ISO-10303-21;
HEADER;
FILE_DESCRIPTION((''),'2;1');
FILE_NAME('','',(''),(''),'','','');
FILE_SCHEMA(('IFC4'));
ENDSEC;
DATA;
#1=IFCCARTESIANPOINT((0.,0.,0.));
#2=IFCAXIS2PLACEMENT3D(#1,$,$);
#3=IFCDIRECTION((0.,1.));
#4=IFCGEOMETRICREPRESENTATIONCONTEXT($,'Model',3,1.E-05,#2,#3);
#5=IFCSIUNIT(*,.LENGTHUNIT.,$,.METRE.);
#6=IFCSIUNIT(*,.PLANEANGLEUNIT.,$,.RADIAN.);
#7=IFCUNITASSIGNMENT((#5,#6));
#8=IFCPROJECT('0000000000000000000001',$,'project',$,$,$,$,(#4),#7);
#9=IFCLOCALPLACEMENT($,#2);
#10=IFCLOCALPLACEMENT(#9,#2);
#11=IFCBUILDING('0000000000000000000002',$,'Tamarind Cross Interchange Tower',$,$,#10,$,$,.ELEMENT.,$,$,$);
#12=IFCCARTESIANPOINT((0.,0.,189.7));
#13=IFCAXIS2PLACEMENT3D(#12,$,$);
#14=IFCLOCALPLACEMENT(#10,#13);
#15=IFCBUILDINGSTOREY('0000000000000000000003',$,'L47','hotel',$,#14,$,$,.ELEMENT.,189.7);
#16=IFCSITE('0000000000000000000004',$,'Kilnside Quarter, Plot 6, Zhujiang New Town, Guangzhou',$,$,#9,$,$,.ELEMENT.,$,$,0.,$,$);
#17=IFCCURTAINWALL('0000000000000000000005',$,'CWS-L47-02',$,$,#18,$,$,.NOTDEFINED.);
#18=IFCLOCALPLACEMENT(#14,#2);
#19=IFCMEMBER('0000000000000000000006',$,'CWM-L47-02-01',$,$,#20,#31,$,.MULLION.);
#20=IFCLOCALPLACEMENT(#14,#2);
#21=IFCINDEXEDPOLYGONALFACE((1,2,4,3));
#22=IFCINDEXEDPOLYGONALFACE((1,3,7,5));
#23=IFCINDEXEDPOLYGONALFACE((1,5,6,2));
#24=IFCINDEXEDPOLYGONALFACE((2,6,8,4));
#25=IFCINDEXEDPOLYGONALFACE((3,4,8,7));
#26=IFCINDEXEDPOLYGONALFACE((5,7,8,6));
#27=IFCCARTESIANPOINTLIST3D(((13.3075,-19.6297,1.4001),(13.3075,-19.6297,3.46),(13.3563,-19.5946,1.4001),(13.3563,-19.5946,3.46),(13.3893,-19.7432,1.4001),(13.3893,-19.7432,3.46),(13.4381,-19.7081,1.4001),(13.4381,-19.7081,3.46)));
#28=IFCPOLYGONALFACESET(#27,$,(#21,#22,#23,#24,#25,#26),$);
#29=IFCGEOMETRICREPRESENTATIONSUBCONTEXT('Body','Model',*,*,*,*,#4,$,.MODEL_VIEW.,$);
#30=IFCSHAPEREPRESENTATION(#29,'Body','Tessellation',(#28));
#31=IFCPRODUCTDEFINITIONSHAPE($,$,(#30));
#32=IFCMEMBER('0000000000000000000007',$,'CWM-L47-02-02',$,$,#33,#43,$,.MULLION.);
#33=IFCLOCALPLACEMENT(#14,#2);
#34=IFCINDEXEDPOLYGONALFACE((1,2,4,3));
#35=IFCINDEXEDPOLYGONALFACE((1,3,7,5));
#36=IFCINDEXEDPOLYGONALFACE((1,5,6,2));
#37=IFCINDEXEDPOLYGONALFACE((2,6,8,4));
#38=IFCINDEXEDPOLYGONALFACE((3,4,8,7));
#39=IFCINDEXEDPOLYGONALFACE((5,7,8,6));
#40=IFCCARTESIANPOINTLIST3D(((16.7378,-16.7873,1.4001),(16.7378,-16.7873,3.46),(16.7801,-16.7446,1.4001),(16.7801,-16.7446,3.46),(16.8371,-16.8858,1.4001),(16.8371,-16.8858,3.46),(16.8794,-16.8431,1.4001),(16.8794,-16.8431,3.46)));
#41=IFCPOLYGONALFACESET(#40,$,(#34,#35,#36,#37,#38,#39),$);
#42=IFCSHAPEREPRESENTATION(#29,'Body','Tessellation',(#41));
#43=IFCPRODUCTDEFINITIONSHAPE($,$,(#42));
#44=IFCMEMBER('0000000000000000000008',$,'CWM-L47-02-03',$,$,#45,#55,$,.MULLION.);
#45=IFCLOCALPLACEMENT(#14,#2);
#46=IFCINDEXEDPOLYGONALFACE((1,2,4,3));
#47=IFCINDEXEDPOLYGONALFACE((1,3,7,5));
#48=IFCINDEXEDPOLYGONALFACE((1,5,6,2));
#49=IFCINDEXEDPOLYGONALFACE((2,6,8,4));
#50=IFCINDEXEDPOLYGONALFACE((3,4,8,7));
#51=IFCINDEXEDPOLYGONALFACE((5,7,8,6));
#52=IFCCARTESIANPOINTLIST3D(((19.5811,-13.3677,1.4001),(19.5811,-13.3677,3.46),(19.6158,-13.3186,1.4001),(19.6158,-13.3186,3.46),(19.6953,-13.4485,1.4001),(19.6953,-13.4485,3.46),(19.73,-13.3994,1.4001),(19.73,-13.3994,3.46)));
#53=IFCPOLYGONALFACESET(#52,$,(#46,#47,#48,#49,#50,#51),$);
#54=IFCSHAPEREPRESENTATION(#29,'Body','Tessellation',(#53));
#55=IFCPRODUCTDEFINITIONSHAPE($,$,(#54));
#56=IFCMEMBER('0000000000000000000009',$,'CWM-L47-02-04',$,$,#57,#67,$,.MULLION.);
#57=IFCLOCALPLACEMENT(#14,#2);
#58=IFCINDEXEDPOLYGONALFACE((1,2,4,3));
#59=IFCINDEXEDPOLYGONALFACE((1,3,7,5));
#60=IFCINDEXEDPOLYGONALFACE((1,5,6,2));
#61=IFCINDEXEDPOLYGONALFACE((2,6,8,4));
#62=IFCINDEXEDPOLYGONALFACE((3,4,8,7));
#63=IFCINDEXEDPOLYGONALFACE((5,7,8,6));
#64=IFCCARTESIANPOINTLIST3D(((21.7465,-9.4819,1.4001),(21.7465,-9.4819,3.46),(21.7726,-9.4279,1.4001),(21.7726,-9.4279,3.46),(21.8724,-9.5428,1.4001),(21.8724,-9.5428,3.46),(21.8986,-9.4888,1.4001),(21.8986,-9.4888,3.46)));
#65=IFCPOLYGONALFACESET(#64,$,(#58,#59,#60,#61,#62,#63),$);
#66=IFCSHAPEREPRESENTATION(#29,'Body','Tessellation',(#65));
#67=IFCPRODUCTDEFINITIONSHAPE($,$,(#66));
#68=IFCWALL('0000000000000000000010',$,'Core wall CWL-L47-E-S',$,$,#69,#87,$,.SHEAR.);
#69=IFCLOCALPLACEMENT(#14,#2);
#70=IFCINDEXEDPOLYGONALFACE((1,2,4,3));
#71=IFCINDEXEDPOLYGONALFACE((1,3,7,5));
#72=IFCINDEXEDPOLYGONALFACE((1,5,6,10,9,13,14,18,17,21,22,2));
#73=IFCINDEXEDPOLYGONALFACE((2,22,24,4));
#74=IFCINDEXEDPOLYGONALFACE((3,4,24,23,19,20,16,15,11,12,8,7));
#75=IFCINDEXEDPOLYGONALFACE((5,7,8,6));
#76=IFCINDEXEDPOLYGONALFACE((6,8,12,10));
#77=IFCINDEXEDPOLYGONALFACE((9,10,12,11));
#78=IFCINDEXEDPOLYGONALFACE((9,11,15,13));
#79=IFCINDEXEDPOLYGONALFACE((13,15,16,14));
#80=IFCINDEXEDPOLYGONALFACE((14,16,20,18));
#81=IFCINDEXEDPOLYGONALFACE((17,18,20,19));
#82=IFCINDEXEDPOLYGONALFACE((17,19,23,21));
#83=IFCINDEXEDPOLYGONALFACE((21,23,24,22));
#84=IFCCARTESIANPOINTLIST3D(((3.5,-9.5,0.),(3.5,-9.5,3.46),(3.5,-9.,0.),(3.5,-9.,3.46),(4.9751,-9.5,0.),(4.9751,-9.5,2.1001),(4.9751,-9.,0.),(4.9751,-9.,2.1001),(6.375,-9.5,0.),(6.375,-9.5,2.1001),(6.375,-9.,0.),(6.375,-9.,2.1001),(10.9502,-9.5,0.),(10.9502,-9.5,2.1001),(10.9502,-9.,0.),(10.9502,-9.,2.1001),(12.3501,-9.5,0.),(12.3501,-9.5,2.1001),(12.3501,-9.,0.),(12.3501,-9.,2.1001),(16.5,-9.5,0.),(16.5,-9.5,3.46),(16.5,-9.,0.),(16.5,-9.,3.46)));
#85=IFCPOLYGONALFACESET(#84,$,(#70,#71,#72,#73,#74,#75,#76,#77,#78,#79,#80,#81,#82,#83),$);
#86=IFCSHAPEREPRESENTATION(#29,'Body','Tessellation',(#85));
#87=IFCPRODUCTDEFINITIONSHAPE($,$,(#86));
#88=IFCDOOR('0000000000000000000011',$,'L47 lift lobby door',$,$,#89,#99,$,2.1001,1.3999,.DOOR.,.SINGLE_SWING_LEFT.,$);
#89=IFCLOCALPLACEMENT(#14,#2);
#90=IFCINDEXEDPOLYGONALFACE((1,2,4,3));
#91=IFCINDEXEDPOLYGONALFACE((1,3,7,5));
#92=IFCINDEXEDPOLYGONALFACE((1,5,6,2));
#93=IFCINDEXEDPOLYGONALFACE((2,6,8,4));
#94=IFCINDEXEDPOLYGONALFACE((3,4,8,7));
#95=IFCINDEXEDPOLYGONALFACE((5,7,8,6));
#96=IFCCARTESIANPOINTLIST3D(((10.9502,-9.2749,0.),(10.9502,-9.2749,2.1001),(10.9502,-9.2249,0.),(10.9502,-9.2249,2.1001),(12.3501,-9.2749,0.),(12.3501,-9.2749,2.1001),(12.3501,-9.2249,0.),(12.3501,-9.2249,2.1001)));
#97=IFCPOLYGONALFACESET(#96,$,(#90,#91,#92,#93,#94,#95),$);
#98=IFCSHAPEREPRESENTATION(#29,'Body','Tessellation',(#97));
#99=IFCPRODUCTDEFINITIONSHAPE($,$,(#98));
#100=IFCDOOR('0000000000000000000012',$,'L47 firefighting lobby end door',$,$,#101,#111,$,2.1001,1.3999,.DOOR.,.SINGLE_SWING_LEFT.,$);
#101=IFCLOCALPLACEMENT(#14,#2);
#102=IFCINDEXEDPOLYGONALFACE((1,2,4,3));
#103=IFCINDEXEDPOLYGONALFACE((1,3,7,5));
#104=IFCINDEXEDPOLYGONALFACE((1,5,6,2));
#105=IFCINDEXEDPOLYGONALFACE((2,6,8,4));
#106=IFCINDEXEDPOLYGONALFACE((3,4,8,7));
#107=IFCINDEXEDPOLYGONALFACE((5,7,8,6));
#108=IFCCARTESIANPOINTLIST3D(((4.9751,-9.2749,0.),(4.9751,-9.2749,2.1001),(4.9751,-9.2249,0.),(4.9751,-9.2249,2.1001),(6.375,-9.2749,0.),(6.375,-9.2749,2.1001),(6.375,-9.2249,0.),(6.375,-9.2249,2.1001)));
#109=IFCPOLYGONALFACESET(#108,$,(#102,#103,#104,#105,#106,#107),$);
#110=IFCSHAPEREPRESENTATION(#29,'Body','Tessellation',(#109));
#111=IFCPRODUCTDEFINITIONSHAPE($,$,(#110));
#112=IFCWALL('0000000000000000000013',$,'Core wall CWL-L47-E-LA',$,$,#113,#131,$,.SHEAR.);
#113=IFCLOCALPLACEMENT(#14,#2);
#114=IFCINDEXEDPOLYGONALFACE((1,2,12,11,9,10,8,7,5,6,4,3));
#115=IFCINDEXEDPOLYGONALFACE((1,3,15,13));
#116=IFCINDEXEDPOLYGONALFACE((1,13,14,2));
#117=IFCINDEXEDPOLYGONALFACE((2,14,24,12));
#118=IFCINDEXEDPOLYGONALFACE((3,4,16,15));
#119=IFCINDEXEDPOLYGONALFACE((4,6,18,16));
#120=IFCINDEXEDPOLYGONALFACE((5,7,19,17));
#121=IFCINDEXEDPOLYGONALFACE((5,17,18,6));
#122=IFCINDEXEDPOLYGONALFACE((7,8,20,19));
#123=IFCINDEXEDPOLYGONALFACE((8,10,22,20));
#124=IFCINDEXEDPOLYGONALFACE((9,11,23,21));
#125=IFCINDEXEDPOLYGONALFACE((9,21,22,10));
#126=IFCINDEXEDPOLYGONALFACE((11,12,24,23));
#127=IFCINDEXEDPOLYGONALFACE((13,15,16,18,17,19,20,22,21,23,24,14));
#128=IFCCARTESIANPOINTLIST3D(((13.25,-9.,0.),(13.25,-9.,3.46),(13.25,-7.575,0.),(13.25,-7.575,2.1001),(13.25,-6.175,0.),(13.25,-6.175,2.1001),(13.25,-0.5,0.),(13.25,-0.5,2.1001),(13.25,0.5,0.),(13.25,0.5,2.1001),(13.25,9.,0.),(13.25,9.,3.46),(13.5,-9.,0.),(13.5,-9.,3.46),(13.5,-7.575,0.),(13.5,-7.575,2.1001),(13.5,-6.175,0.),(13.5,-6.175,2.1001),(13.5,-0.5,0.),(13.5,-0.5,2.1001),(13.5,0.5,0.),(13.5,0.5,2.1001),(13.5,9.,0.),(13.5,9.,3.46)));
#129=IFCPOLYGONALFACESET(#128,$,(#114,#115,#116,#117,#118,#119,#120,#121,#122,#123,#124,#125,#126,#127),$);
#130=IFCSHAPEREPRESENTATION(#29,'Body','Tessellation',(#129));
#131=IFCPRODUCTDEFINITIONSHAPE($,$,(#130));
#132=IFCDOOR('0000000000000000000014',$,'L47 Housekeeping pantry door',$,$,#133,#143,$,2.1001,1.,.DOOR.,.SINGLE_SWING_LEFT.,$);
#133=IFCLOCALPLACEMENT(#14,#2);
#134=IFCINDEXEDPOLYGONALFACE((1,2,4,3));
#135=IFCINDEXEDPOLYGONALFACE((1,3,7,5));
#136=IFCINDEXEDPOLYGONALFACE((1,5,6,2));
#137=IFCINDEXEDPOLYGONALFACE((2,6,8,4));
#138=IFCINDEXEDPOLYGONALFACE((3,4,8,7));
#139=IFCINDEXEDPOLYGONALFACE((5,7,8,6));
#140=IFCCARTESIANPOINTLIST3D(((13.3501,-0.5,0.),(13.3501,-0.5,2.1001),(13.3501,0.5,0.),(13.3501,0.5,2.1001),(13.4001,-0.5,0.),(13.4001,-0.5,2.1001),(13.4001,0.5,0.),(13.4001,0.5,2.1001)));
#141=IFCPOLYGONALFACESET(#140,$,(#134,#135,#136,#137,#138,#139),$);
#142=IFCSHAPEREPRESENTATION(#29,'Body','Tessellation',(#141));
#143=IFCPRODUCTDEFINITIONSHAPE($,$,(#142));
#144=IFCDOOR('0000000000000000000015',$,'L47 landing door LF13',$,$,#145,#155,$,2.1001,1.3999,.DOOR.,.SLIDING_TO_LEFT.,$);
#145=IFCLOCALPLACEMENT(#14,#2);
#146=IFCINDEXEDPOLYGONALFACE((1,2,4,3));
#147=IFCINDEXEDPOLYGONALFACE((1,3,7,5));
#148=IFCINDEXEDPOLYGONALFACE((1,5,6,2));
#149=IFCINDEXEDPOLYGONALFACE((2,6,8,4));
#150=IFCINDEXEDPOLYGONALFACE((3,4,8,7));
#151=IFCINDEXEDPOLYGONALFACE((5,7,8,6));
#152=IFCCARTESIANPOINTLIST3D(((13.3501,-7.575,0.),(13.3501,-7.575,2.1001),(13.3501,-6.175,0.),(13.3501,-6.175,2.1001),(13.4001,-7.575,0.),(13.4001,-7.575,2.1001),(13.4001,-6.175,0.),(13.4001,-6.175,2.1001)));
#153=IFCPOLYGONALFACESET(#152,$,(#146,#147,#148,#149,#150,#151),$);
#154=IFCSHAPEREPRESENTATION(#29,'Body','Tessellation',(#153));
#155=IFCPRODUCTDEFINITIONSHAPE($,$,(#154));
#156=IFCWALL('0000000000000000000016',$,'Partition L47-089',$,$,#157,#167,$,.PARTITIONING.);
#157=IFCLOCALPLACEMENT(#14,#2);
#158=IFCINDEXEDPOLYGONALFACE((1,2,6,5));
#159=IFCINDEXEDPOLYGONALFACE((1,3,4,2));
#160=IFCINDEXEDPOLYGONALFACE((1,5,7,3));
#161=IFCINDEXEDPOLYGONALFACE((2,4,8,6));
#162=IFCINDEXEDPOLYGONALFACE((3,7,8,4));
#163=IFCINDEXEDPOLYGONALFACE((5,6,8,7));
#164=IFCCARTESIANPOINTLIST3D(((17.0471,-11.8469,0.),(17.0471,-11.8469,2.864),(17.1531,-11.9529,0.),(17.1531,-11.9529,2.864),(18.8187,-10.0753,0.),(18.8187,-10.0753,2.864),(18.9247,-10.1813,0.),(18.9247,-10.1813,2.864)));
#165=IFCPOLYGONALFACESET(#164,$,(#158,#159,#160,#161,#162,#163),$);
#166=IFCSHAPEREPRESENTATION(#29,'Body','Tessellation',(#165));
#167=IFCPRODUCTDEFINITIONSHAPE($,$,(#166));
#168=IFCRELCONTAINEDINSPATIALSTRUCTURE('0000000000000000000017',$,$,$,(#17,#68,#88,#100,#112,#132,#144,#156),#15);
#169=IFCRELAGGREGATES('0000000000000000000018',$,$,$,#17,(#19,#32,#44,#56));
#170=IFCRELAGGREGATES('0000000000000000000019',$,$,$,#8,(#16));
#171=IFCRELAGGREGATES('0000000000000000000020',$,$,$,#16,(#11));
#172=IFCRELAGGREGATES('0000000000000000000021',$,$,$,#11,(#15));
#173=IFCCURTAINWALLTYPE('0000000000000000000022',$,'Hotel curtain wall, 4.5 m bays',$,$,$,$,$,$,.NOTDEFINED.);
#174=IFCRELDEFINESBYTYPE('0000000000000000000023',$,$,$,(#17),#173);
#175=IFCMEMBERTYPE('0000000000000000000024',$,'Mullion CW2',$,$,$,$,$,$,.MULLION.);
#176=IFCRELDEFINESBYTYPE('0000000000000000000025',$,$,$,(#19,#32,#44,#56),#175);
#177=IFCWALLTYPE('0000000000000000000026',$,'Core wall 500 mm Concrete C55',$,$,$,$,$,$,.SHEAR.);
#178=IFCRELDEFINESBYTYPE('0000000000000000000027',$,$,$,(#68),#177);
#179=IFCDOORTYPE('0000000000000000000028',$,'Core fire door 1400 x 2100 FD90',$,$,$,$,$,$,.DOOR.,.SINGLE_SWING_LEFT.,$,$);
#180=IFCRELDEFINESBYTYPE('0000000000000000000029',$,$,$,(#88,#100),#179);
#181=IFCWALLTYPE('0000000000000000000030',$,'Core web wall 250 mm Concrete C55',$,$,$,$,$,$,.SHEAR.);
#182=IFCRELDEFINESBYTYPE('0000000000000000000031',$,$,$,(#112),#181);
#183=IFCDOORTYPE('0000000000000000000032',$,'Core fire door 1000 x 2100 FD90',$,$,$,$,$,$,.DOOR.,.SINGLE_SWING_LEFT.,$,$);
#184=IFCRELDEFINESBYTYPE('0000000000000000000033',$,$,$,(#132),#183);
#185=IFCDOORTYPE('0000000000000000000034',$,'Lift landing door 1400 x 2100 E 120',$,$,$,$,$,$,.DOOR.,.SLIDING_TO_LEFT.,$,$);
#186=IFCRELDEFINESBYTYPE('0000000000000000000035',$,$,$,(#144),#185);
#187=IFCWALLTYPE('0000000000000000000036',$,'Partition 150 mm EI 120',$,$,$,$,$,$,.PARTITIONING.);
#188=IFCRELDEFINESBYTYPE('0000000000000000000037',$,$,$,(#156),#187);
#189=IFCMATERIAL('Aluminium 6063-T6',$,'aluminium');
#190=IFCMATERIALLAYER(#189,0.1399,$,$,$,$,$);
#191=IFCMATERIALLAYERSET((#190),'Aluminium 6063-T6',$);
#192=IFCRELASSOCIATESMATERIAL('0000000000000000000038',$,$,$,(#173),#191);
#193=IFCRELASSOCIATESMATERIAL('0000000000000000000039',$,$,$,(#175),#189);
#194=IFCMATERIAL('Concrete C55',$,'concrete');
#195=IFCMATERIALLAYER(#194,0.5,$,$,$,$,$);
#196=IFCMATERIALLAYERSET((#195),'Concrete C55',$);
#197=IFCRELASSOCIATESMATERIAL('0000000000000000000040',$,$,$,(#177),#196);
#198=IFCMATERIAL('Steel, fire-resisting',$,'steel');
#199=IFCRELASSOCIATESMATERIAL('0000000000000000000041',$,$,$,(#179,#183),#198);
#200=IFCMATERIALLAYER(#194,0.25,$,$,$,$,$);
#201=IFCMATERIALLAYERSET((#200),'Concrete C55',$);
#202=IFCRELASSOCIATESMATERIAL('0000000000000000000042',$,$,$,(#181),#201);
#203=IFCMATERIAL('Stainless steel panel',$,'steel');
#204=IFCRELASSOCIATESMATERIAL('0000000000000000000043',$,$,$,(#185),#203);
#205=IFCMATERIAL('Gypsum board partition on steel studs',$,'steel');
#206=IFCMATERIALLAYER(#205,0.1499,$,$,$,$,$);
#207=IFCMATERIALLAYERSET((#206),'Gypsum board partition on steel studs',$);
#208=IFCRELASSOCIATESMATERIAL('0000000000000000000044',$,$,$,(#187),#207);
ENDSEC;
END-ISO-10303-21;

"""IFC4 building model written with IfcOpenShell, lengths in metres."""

from ifc_helpers import new_model, si_unit, direction, frame, frame_2d, origin, origin_2d, place, context, subcontext, project, spatial, rectangle, extrude, material, layer, layer_set, material_profile, profile_set, type_object, element, fill, aggregate, save


model = new_model("IFC4")

# Units and contexts
model_context = context("Model", 3, precision=1e-05, world=origin(), true_north=direction((0.0, 1.0)))
body_context = subcontext(model_context, "Body", "Model", "MODEL_VIEW")
ifc_project = project(units=[si_unit("LENGTHUNIT", "METRE"), si_unit("PLANEANGLEUNIT", "RADIAN")], contexts=[model_context])

# Site, building, storey
site_placement = place(None, origin())
site = spatial("IfcSite", under=ifc_project, at=site_placement, Name="Kilnside Quarter, Plot 6, Zhujiang New Town, Guangzhou", CompositionType="ELEMENT", RefElevation=0.0)
building_placement = place(site_placement, origin())
building = spatial("IfcBuilding", under=site, at=building_placement, Name="Tamarind Cross Interchange Tower", CompositionType="ELEMENT")
storey_placement = place(building_placement, frame((0.0, 0.0, 189.7)))
storey = spatial("IfcBuildingStorey", under=building, at=storey_placement, Name="L47", Description="hotel", CompositionType="ELEMENT", Elevation=189.7)

# Shared definitions
ifc_material_1 = material(Name="Concrete C55", Category="concrete")

# Curtain wall, members
ifc_material_2 = material(Name="Aluminium 6063-T6", Category="aluminium")
ifc_layer_1 = layer(ifc_material_2, 0.1399)
ifc_layer_set_1 = layer_set([ifc_layer_1], Name="Aluminium 6063-T6")
curtain_wall_type = type_object("IfcCurtainWallType", Name="Hotel curtain wall, 4.5 m bays", PredefinedType="NOTDEFINED", material=ifc_layer_set_1)
curtain_wall_placement = place(storey_placement, origin())
curtain_wall = element("IfcCurtainWall", 1, at=curtain_wall_placement, inside=storey, type_object=curtain_wall_type, Name="CWS-L47-02", PredefinedType="NOTDEFINED")
ifc_material_profile_1 = material_profile(ifc_material_2, rectangle(XDim=0.0601, YDim=0.1399, at=origin_2d()), Name="Mullion CW2")
ifc_profile_set_1 = profile_set([ifc_material_profile_1], Name="Aluminium 6063-T6")
member_type = type_object("IfcMemberType", Name="Mullion CW2", PredefinedType="MULLION", material=ifc_profile_set_1)
member_1_placement = place(storey_placement, frame((13.3728, -19.6689, 1.4001), z_axis=(0.0, 0.0, 1.0), x_axis=(0.81134, 0.584574, 0.0)))
member_1 = element("IfcMember", 2, at=member_1_placement, type_object=member_type, Name="CWM-L47-02-01", PredefinedType="MULLION", context=body_context, shape_type="SweptSolid", body=[
    extrude(rectangle(XDim=0.0601, YDim=0.1399, at=origin_2d()), origin(), (0.0, 0.0, 1.0), 2.0598),
])
member_2_placement = place(storey_placement, frame((16.8086, -16.8152, 1.4001), z_axis=(0.0, 0.0, 1.0), x_axis=(0.704057, 0.710143, 0.0)))
member_2 = element("IfcMember", 3, at=member_2_placement, type_object=member_type, Name="CWM-L47-02-02", PredefinedType="MULLION", context=body_context, shape_type="SweptSolid", body=[
    extrude(rectangle(XDim=0.0601, YDim=0.1399, at=origin_2d()), origin(), (0.0, 0.0, 1.0), 2.0598),
])
member_3_placement = place(storey_placement, frame((19.6555, -13.3835, 1.4001), z_axis=(0.0, 0.0, 1.0), x_axis=(0.577569, 0.816342, 0.0)))
member_3 = element("IfcMember", 4, at=member_3_placement, type_object=member_type, Name="CWM-L47-02-03", PredefinedType="MULLION", context=body_context, shape_type="SweptSolid", body=[
    extrude(rectangle(XDim=0.0601, YDim=0.1399, at=origin_2d()), origin(), (0.0, 0.0, 1.0), 2.0598),
])
member_4_placement = place(storey_placement, frame((21.8225, -9.4854, 1.4001), z_axis=(0.0, 0.0, 1.0), x_axis=(0.435326, 0.900273, 0.0)))
member_4 = element("IfcMember", 5, at=member_4_placement, type_object=member_type, Name="CWM-L47-02-04", PredefinedType="MULLION", context=body_context, shape_type="SweptSolid", body=[
    extrude(rectangle(XDim=0.0601, YDim=0.1399, at=origin_2d()), origin(), (0.0, 0.0, 1.0), 2.0598),
])
aggregate(curtain_wall, [member_1, member_2, member_3, member_4])

# Walls, openings, doors
ifc_layer_2 = layer(ifc_material_1, 0.5)
ifc_layer_set_2 = layer_set([ifc_layer_2], Name="Concrete C55")
wall_type_1 = type_object("IfcWallType", Name="Core wall 500 mm Concrete C55", PredefinedType="SHEAR", material=ifc_layer_set_2)
wall_1_placement = place(storey_placement, frame((16.5, -9.25, 0.0), z_axis=(0.0, 0.0, 1.0), x_axis=(-1.0, 0.0, 0.0)))
wall_1 = element("IfcWall", 6, at=wall_1_placement, inside=storey, type_object=wall_type_1, Name="Core wall CWL-L47-E-S", PredefinedType="SHEAR", context=body_context, shape_type="SweptSolid", body=[
    extrude(rectangle(XDim=13.0, YDim=0.5, at=frame_2d((6.5, 0.0))), origin(), (0.0, 0.0, 1.0), 3.46),
])
opening_1_placement = place(wall_1_placement, frame((4.1499, 0.0, 0.0)))
opening_1 = element("IfcOpeningElement", 7, at=opening_1_placement, cuts=wall_1, PredefinedType="OPENING", context=body_context, shape_type="SweptSolid", body=[
    extrude(rectangle(XDim=1.3999, YDim=2.1001, at=frame_2d((0.7, 1.05))), frame((0.0, 0.26, 0.0), z_axis=(0.0, -1.0, 0.0), x_axis=(1.0, 0.0, 0.0)), (0.0, 0.0, 1.0), 0.52),
])
opening_2_placement = place(wall_1_placement, frame((10.125, 0.0, 0.0)))
opening_2 = element("IfcOpeningElement", 8, at=opening_2_placement, cuts=wall_1, PredefinedType="OPENING", context=body_context, shape_type="SweptSolid", body=[
    extrude(rectangle(XDim=1.3999, YDim=2.1001, at=frame_2d((0.7, 1.05))), frame((0.0, 0.26, 0.0), z_axis=(0.0, -1.0, 0.0), x_axis=(1.0, 0.0, 0.0)), (0.0, 0.0, 1.0), 0.52),
])
ifc_material_3 = material(Name="Steel, fire-resisting", Category="steel")
door_type_1 = type_object("IfcDoorType", Name="Core fire door 1400 x 2100 FD90", OperationType="SINGLE_SWING_LEFT", PredefinedType="DOOR", material=ifc_material_3)
door_1_placement = place(opening_1_placement, origin())
door_1 = element("IfcDoor", 9, at=door_1_placement, inside=storey, type_object=door_type_1, Name="L47 lift lobby door", OperationType="SINGLE_SWING_LEFT", OverallHeight=2.1001, OverallWidth=1.3999, PredefinedType="DOOR", context=body_context, shape_type="SweptSolid", body=[
    extrude(rectangle(XDim=1.3999, YDim=2.1001, at=frame_2d((0.7, 1.05))), frame((0.0, 0.0249, 0.0), z_axis=(0.0, -1.0, 0.0), x_axis=(1.0, 0.0, 0.0)), (0.0, 0.0, 1.0), 0.05),
])
fill(opening_1, door_1)
door_2_placement = place(opening_2_placement, origin())
door_2 = element("IfcDoor", 10, at=door_2_placement, inside=storey, type_object=door_type_1, Name="L47 firefighting lobby end door", OperationType="SINGLE_SWING_LEFT", OverallHeight=2.1001, OverallWidth=1.3999, PredefinedType="DOOR", context=body_context, shape_type="SweptSolid", body=[
    extrude(rectangle(XDim=1.3999, YDim=2.1001, at=frame_2d((0.7, 1.05))), frame((0.0, 0.0249, 0.0), z_axis=(0.0, -1.0, 0.0), x_axis=(1.0, 0.0, 0.0)), (0.0, 0.0, 1.0), 0.05),
])
fill(opening_2, door_2)
ifc_layer_3 = layer(ifc_material_1, 0.25)
ifc_layer_set_3 = layer_set([ifc_layer_3], Name="Concrete C55")
wall_type_2 = type_object("IfcWallType", Name="Core web wall 250 mm Concrete C55", PredefinedType="SHEAR", material=ifc_layer_set_3)
wall_2_placement = place(storey_placement, frame((13.375, -9.0, 0.0), z_axis=(0.0, 0.0, 1.0), x_axis=(0.0, 1.0, 0.0)))
wall_2 = element("IfcWall", 11, at=wall_2_placement, inside=storey, type_object=wall_type_2, Name="Core wall CWL-L47-E-LA", PredefinedType="SHEAR", context=body_context, shape_type="SweptSolid", body=[
    extrude(rectangle(XDim=18.0, YDim=0.25, at=frame_2d((9.0, 0.0))), origin(), (0.0, 0.0, 1.0), 3.46),
])
opening_3_placement = place(wall_2_placement, frame((1.425, 0.0, 0.0)))
opening_3 = element("IfcOpeningElement", 12, at=opening_3_placement, cuts=wall_2, PredefinedType="OPENING", context=body_context, shape_type="SweptSolid", body=[
    extrude(rectangle(XDim=1.3999, YDim=2.1001, at=frame_2d((0.7, 1.05))), frame((0.0, 0.135, 0.0), z_axis=(0.0, -1.0, 0.0), x_axis=(1.0, 0.0, 0.0)), (0.0, 0.0, 1.0), 0.27),
])
opening_4_placement = place(wall_2_placement, frame((8.5, 0.0, 0.0)))
opening_4 = element("IfcOpeningElement", 13, at=opening_4_placement, cuts=wall_2, PredefinedType="OPENING", context=body_context, shape_type="SweptSolid", body=[
    extrude(rectangle(XDim=1.0, YDim=2.1001, at=frame_2d((0.5, 1.05))), frame((0.0, 0.135, 0.0), z_axis=(0.0, -1.0, 0.0), x_axis=(1.0, 0.0, 0.0)), (0.0, 0.0, 1.0), 0.27),
])
door_type_2 = type_object("IfcDoorType", Name="Core fire door 1000 x 2100 FD90", OperationType="SINGLE_SWING_LEFT", PredefinedType="DOOR", material=ifc_material_3)
door_3_placement = place(opening_4_placement, origin())
door_3 = element("IfcDoor", 14, at=door_3_placement, inside=storey, type_object=door_type_2, Name="L47 Housekeeping pantry door", OperationType="SINGLE_SWING_LEFT", OverallHeight=2.1001, OverallWidth=1.0, PredefinedType="DOOR", context=body_context, shape_type="SweptSolid", body=[
    extrude(rectangle(XDim=1.0, YDim=2.1001, at=frame_2d((0.5, 1.05))), frame((0.0, 0.0249, 0.0), z_axis=(0.0, -1.0, 0.0), x_axis=(1.0, 0.0, 0.0)), (0.0, 0.0, 1.0), 0.05),
])
fill(opening_4, door_3)
ifc_material_4 = material(Name="Stainless steel panel", Category="steel")
door_type_3 = type_object("IfcDoorType", Name="Lift landing door 1400 x 2100 E 120", OperationType="SLIDING_TO_LEFT", PredefinedType="DOOR", material=ifc_material_4)
door_4_placement = place(opening_3_placement, origin())
door_4 = element("IfcDoor", 15, at=door_4_placement, inside=storey, type_object=door_type_3, Name="L47 landing door LF13", OperationType="SLIDING_TO_LEFT", OverallHeight=2.1001, OverallWidth=1.3999, PredefinedType="DOOR", context=body_context, shape_type="SweptSolid", body=[
    extrude(rectangle(XDim=1.3999, YDim=2.1001, at=frame_2d((0.7, 1.05))), frame((0.0, 0.0249, 0.0), z_axis=(0.0, -1.0, 0.0), x_axis=(1.0, 0.0, 0.0)), (0.0, 0.0, 1.0), 0.05),
])
fill(opening_3, door_4)

# Wall
ifc_material_5 = material(Name="Gypsum board partition on steel studs", Category="steel")
ifc_layer_4 = layer(ifc_material_5, 0.1499)
ifc_layer_set_4 = layer_set([ifc_layer_4], Name="Gypsum board partition on steel studs")
wall_type_3 = type_object("IfcWallType", Name="Partition 150 mm EI 120", PredefinedType="PARTITIONING", material=ifc_layer_set_4)
wall_3_placement = place(storey_placement, frame((17.1001, -11.8999, 0.0), z_axis=(0.0, 0.0, 1.0), x_axis=(0.707107, 0.707107, 0.0)))
element("IfcWall", 16, at=wall_3_placement, inside=storey, type_object=wall_type_3, Name="Partition L47-089", PredefinedType="PARTITIONING", context=body_context, shape_type="SweptSolid", body=[
    extrude(rectangle(XDim=2.5054, YDim=0.1499, at=frame_2d((1.2527, 0.0))), origin(), (0.0, 0.0, 1.0), 2.864),
])

save(model, "model.ifc")
